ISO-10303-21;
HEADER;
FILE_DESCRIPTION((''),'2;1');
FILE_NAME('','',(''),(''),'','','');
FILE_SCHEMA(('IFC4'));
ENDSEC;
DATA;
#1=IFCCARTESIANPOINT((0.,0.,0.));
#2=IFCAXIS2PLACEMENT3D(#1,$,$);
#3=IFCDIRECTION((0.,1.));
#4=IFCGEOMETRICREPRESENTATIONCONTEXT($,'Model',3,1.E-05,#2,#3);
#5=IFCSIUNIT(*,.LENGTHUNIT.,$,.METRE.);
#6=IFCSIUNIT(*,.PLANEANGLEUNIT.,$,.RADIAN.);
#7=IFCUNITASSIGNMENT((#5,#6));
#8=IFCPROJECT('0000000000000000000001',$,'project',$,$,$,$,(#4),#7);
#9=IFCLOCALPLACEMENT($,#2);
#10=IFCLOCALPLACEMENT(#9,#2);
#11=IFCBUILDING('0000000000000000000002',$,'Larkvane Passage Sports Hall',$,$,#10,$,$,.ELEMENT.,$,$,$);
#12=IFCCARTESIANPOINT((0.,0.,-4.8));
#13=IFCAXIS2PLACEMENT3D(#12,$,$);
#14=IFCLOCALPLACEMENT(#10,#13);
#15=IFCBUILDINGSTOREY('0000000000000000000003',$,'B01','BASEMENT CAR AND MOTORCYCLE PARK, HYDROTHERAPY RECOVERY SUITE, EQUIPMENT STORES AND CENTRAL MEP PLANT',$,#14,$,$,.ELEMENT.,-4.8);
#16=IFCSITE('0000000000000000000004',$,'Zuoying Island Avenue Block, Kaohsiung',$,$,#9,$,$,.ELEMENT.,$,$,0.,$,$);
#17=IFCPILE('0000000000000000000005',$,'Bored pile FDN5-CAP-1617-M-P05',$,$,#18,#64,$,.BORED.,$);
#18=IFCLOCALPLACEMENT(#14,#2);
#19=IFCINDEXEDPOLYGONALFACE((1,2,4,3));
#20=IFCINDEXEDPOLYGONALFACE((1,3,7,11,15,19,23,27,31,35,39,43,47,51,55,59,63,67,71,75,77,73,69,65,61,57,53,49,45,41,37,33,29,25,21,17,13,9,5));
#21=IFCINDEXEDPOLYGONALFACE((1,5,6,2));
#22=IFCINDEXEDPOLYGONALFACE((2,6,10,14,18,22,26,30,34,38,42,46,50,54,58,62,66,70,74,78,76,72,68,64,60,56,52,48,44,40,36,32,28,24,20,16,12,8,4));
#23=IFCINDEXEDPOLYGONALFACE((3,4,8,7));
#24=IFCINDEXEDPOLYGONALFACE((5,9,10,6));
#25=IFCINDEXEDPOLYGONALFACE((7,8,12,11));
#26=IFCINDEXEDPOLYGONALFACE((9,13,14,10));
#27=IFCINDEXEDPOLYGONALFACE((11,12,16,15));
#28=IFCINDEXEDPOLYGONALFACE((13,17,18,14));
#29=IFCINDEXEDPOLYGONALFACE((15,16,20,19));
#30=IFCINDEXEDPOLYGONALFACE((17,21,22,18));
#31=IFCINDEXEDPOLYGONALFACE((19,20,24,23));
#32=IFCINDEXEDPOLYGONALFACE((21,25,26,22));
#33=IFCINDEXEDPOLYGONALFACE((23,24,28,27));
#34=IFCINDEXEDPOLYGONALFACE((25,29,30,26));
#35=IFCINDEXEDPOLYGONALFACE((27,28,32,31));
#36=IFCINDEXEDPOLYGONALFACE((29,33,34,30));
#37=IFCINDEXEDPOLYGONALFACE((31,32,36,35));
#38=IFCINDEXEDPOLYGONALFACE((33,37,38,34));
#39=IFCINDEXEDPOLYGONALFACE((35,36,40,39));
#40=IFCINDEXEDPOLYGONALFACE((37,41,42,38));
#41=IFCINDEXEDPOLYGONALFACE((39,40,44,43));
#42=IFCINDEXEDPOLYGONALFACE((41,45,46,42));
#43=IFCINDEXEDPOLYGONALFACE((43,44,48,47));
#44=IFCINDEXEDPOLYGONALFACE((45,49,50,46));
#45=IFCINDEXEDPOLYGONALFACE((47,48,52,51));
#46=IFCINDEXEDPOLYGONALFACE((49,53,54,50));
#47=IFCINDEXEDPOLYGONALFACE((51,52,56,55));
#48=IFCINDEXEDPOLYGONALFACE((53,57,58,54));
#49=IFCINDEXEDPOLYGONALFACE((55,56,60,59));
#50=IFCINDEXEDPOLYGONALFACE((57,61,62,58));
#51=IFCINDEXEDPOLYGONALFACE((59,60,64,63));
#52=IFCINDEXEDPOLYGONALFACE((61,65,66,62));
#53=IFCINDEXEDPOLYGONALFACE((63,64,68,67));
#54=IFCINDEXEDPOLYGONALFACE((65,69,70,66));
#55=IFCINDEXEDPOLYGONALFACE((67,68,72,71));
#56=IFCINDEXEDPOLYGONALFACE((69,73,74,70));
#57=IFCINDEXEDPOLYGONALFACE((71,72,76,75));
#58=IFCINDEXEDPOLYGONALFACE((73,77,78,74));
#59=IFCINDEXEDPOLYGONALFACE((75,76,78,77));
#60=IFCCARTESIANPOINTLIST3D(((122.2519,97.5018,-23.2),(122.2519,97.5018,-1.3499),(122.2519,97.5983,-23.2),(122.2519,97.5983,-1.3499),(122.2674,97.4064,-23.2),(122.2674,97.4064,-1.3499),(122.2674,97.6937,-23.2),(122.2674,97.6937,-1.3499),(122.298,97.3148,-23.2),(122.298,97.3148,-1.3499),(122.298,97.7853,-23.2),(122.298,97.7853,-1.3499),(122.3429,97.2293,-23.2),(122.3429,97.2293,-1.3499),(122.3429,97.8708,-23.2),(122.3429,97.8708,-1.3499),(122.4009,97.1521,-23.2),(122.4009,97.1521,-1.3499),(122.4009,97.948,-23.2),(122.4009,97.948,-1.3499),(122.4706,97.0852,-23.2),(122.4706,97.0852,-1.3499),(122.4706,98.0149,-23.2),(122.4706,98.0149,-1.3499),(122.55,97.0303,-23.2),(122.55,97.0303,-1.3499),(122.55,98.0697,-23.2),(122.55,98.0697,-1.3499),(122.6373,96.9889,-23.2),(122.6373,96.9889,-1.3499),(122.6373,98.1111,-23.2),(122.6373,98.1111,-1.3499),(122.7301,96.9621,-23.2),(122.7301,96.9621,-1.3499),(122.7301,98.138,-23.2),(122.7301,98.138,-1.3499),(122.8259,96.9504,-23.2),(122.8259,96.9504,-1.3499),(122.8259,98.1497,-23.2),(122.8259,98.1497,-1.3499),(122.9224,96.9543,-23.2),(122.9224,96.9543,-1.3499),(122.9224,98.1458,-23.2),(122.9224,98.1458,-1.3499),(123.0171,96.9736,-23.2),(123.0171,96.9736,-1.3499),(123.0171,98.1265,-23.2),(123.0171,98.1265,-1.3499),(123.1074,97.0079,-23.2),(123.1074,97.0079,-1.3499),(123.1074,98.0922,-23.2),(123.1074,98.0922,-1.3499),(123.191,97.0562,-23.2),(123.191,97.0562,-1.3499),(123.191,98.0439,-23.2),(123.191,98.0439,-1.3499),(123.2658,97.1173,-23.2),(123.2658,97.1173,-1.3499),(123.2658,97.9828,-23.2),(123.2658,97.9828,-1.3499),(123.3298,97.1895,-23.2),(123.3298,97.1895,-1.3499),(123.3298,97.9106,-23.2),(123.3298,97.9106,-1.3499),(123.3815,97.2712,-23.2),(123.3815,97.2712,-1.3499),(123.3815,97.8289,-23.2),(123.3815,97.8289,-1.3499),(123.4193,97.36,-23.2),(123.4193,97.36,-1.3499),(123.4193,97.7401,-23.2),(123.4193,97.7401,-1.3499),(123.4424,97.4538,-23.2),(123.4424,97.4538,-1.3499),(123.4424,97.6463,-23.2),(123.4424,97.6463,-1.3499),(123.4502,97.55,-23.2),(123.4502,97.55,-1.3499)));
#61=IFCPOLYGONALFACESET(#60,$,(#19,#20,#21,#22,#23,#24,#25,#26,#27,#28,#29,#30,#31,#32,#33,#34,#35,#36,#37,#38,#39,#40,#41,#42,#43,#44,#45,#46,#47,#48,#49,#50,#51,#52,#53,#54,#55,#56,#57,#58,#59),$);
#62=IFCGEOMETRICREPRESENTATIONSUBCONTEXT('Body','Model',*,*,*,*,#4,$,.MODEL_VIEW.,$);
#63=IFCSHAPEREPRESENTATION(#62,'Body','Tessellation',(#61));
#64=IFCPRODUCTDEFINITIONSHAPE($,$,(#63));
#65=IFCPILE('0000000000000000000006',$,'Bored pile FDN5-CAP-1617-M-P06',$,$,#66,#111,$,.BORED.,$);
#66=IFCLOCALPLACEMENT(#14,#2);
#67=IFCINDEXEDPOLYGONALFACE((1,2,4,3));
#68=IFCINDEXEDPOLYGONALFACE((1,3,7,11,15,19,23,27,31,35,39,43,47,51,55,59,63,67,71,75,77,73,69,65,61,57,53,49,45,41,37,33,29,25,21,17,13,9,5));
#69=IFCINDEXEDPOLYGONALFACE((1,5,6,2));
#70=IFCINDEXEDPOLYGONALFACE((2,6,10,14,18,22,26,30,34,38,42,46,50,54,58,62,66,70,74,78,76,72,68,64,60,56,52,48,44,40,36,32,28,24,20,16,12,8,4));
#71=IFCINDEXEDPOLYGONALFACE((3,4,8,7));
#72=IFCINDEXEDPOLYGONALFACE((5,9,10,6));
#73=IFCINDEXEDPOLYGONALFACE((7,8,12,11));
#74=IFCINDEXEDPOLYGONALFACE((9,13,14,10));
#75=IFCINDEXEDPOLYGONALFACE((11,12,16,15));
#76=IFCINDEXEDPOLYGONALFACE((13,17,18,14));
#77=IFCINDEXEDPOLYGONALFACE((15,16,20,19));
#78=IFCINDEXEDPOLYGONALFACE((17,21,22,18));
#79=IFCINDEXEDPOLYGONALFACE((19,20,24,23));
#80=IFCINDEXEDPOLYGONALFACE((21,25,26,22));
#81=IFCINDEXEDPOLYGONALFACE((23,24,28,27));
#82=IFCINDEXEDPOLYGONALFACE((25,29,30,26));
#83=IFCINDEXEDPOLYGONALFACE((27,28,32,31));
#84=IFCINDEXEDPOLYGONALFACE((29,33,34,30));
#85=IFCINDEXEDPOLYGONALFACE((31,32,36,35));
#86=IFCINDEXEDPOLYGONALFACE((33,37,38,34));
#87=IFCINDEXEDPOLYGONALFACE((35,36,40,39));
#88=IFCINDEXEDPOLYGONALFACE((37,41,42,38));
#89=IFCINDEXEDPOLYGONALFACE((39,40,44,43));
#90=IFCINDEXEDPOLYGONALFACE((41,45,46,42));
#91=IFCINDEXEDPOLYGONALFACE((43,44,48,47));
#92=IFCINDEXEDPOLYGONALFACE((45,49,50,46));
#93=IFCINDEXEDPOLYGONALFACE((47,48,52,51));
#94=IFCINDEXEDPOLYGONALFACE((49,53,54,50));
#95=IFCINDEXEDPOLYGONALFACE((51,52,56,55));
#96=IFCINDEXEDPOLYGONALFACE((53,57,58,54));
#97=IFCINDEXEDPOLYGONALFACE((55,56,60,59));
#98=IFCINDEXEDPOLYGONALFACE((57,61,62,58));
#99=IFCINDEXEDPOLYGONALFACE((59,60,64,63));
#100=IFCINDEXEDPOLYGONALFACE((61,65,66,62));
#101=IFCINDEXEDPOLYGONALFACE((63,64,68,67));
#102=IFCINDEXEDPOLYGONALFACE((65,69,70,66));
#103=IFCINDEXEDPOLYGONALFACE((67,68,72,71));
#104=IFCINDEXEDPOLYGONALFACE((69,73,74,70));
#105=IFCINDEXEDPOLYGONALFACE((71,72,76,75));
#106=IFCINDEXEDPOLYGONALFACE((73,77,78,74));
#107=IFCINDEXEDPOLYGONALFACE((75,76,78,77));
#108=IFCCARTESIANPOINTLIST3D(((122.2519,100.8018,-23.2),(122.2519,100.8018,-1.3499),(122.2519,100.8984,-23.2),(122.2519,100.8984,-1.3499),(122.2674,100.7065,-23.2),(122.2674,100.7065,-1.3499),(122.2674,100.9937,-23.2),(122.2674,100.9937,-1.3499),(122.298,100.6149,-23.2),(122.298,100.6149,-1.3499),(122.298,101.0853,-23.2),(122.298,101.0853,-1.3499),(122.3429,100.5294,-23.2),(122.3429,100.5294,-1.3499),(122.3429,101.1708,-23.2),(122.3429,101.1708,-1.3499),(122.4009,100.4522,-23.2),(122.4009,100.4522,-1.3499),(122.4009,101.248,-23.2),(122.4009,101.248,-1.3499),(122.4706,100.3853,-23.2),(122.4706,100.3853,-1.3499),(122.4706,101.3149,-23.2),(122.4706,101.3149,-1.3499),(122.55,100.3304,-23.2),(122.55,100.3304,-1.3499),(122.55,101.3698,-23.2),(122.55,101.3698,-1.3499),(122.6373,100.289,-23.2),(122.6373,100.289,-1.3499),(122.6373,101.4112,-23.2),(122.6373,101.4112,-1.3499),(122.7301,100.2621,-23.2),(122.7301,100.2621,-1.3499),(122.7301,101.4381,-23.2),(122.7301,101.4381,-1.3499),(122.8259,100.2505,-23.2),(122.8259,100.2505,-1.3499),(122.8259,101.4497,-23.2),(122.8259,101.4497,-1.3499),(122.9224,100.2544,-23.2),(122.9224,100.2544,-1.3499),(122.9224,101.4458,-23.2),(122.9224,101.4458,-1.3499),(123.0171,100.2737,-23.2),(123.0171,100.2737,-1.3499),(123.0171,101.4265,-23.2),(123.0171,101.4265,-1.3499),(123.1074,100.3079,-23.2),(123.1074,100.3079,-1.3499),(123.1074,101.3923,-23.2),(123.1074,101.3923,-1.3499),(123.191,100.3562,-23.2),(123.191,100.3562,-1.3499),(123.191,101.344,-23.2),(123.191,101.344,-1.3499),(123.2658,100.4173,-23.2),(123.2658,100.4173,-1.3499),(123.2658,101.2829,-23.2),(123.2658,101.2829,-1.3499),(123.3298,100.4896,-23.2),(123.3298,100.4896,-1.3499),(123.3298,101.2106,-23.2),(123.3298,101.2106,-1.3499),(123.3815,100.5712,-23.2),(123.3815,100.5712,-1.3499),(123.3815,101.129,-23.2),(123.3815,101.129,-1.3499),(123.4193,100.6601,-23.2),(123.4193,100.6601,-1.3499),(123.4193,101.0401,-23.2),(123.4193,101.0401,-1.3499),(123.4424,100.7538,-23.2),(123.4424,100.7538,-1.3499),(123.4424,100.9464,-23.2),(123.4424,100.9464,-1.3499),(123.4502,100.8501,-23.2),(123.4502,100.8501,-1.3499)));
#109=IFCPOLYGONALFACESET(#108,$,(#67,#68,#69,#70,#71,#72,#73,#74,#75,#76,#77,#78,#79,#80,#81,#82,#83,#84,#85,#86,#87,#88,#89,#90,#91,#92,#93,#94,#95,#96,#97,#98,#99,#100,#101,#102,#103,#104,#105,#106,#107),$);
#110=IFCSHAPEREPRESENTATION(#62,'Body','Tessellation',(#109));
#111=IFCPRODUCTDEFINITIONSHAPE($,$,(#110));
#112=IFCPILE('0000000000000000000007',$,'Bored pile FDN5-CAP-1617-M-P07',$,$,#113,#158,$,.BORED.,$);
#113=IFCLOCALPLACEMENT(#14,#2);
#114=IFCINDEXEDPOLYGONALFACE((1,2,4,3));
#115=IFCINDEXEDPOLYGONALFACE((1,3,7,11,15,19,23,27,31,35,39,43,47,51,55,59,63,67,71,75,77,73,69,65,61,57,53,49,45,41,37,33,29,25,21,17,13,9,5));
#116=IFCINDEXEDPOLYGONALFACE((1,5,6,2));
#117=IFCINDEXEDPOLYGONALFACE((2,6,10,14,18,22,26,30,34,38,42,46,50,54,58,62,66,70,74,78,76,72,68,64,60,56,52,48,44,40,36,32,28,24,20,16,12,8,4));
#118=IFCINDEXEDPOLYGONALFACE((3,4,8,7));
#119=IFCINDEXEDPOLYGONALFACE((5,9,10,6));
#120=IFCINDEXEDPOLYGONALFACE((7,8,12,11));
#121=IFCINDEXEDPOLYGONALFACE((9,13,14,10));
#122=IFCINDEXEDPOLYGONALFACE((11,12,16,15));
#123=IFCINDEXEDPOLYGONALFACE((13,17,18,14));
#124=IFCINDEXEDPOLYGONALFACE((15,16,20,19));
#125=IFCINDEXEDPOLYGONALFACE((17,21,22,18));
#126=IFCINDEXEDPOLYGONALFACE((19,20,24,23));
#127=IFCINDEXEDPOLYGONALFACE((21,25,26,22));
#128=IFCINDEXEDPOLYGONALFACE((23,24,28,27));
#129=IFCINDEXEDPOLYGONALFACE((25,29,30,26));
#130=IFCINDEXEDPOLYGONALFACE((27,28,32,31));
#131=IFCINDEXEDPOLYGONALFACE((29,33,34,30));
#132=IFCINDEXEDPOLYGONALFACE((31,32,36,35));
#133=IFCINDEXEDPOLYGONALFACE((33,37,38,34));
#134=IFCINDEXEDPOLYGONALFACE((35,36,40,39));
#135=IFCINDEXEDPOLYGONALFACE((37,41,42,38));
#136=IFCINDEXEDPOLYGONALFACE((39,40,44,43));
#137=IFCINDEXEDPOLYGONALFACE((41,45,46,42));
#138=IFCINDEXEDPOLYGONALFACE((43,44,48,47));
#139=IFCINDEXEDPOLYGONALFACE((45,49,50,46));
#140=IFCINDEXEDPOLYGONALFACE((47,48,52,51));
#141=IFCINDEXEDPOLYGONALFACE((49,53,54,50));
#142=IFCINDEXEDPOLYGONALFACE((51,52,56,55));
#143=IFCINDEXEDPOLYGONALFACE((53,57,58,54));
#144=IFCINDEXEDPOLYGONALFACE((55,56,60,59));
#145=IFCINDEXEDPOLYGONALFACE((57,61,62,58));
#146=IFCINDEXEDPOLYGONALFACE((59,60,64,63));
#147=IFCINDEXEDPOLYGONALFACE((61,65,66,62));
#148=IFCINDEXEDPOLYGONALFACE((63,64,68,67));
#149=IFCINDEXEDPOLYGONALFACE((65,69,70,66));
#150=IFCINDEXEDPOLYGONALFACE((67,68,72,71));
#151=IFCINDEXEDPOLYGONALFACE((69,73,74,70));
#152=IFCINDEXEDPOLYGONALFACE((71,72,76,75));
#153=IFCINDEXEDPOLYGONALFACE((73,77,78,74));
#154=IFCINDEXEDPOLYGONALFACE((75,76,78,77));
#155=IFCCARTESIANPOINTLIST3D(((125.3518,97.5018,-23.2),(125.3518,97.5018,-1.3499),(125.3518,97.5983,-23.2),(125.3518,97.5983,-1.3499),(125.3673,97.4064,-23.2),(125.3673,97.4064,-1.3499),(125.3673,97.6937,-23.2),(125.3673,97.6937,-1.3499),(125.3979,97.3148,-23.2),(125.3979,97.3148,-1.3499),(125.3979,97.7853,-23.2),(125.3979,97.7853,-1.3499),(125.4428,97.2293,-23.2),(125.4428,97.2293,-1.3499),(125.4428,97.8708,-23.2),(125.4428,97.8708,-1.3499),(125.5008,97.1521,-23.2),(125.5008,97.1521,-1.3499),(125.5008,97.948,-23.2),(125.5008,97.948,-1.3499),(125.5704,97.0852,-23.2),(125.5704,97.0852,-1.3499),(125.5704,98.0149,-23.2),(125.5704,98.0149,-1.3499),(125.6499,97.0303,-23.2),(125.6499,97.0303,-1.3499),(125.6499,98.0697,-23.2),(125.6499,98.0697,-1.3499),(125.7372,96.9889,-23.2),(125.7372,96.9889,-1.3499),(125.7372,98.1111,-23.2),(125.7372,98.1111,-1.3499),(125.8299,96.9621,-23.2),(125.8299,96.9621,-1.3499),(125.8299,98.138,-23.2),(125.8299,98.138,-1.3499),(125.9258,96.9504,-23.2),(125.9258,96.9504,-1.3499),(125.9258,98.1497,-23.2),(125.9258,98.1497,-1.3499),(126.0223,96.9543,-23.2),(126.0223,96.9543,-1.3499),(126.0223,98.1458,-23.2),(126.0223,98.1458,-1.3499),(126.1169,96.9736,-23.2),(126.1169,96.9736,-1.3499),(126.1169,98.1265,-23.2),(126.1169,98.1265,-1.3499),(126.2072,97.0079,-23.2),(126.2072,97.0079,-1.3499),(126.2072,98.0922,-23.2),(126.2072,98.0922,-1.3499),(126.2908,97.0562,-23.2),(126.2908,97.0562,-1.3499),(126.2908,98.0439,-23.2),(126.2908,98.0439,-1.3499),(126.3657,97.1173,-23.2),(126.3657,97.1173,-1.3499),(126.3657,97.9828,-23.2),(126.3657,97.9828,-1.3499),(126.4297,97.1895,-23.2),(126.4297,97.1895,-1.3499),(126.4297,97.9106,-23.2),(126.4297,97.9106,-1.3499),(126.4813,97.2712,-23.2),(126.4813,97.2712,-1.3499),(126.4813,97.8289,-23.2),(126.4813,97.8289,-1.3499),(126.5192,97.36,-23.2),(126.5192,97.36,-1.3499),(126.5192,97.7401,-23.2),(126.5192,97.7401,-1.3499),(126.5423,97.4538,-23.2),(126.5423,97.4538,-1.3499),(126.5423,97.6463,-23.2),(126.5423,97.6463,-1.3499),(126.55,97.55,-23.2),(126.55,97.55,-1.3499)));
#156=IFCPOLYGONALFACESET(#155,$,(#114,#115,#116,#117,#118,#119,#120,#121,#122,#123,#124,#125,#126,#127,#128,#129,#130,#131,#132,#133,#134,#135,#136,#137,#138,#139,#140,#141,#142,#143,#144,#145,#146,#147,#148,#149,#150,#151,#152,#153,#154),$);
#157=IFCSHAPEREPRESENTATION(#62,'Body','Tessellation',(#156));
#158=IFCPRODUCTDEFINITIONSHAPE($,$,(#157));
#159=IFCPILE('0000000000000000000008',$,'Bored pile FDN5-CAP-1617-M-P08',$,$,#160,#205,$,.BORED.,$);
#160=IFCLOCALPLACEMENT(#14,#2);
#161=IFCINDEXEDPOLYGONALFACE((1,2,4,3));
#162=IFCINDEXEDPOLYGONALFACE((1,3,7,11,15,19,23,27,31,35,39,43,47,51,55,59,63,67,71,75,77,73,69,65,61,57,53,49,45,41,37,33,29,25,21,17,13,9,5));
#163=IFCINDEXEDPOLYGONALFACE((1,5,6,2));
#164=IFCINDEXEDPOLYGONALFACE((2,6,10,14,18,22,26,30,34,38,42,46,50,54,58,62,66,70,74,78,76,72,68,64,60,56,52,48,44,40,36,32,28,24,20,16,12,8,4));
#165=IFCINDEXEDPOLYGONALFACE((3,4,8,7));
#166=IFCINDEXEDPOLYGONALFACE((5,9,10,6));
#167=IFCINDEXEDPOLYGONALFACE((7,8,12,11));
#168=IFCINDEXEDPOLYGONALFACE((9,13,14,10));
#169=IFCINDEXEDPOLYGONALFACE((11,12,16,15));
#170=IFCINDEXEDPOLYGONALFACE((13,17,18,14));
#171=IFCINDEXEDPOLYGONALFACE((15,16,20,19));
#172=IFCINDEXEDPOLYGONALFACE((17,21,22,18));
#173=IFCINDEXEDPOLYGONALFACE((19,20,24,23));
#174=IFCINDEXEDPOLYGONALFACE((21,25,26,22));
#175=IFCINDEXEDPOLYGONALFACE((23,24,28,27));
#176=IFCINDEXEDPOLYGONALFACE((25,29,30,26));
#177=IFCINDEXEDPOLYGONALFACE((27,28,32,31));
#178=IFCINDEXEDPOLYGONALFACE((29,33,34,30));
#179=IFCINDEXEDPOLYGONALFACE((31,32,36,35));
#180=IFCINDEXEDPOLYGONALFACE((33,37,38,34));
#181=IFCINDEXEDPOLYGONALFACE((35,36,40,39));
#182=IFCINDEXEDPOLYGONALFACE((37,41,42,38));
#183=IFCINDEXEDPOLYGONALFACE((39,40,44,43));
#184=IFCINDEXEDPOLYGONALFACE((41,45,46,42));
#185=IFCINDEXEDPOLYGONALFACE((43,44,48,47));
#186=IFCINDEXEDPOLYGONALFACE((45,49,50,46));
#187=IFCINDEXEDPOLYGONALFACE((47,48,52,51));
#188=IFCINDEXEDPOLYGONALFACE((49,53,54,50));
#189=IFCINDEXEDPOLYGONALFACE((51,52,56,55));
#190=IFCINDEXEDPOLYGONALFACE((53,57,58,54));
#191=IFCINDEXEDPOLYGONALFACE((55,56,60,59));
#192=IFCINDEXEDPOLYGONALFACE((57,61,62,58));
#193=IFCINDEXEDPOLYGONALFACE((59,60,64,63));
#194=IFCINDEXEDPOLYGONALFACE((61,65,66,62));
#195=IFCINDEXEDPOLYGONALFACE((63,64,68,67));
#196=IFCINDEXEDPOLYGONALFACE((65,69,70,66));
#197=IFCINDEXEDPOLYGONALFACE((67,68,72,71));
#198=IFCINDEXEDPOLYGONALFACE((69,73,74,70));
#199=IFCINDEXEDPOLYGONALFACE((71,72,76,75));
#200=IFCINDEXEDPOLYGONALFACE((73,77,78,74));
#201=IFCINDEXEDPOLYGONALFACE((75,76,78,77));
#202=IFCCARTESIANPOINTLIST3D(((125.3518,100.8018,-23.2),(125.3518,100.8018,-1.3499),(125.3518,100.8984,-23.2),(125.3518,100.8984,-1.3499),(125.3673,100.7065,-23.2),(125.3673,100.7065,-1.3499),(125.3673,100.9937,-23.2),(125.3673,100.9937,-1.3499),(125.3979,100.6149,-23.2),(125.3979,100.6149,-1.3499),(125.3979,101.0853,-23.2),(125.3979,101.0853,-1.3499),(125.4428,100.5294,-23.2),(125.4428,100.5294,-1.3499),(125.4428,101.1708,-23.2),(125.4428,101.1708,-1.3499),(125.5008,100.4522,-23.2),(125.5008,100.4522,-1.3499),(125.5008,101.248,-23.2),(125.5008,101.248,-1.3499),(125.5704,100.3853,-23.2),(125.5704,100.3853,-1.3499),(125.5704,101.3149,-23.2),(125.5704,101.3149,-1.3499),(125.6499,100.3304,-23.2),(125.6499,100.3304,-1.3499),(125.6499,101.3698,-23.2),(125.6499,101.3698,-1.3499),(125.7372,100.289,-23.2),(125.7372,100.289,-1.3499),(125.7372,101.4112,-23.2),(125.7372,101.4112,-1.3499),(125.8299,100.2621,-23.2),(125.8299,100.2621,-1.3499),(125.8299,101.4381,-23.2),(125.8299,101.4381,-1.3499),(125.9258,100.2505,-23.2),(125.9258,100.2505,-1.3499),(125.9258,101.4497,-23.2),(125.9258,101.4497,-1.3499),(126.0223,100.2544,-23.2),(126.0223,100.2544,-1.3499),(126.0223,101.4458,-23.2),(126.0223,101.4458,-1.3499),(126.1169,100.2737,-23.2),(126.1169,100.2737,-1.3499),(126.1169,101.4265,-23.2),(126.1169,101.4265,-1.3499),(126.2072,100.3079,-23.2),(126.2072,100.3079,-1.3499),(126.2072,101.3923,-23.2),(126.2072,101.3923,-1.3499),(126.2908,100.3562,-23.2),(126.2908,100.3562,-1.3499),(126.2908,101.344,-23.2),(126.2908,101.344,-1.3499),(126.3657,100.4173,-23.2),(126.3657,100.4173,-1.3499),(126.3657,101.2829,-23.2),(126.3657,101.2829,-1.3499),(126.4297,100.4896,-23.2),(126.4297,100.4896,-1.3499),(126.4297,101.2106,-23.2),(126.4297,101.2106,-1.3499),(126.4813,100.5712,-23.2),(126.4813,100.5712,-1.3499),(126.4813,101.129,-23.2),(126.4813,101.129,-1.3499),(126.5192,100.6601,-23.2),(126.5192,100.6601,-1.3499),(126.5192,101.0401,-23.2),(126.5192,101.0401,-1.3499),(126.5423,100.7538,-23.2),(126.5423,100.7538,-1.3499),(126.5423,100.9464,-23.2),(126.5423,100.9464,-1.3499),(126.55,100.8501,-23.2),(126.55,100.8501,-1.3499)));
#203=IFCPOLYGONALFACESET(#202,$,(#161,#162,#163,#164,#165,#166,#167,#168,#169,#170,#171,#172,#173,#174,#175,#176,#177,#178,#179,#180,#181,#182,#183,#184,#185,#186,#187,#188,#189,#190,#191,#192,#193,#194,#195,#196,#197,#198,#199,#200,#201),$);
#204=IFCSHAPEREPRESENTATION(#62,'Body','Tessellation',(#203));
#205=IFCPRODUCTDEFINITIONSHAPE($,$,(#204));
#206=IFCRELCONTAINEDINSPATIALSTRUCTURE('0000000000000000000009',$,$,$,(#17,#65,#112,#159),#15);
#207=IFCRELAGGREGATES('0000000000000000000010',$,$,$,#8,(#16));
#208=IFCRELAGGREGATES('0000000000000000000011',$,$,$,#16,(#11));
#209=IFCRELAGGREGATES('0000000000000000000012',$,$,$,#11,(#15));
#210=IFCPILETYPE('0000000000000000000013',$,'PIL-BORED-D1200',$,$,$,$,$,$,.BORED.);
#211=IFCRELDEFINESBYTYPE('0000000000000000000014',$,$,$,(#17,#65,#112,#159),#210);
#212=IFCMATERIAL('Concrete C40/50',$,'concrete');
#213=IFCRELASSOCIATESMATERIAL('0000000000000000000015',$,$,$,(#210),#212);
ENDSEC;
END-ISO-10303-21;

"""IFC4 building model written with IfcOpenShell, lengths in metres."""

from ifc_helpers import new_model, si_unit, direction, frame, origin, origin_2d, place, context, subcontext, project, spatial, circle, extrude, material, material_profile, profile_set, type_object, element, save


model = new_model("IFC4")

# Units and contexts
model_context = context("Model", 3, precision=1e-05, world=origin(), true_north=direction((0.0, 1.0)))
body_context = subcontext(model_context, "Body", "Model", "MODEL_VIEW")
ifc_project = project(units=[si_unit("LENGTHUNIT", "METRE"), si_unit("PLANEANGLEUNIT", "RADIAN")], contexts=[model_context])

# Site, building, storey
site_placement = place(None, origin())
site = spatial("IfcSite", under=ifc_project, at=site_placement, Name="Zuoying Island Avenue Block, Kaohsiung", CompositionType="ELEMENT", RefElevation=0.0)
building_placement = place(site_placement, origin())
building = spatial("IfcBuilding", under=site, at=building_placement, Name="Larkvane Passage Sports Hall", CompositionType="ELEMENT")
storey_placement = place(building_placement, frame((0.0, 0.0, -4.8)))
storey = spatial("IfcBuildingStorey", under=building, at=storey_placement, Name="B01", Description="BASEMENT CAR AND MOTORCYCLE PARK, HYDROTHERAPY RECOVERY SUITE, EQUIPMENT STORES AND CENTRAL MEP PLANT", CompositionType="ELEMENT", Elevation=-4.8)

# Shared definitions
ifc_material_1 = material(Name="Concrete C40/50", Category="concrete")

# Piles
ifc_material_profile_1 = material_profile(ifc_material_1, circle(Radius=0.6001, at=origin_2d()), Name="PILE-D1200")
ifc_profile_set_1 = profile_set([ifc_material_profile_1], Name="Concrete C40/50")
pile_type = type_object("IfcPileType", Name="PIL-BORED-D1200", PredefinedType="BORED", material=ifc_profile_set_1)
for number, where, z_axis, x_axis, name in (
    (1, (122.8501, 97.55, -1.3499), (0.0, 0.0, -1.0), (1.0, 0.0, 0.0), "Bored pile FDN5-CAP-1617-M-P05"),
    (2, (122.8501, 100.8501, -1.3499), (0.0, 0.0, -1.0), (1.0, 0.0, 0.0), "Bored pile FDN5-CAP-1617-M-P06"),
    (3, (125.95, 97.55, -1.3499), (0.0, 0.0, -1.0), (1.0, 0.0, 0.0), "Bored pile FDN5-CAP-1617-M-P07"),
    (4, (125.95, 100.8501, -1.3499), (0.0, 0.0, -1.0), (1.0, 0.0, 0.0), "Bored pile FDN5-CAP-1617-M-P08"),
):
    element("IfcPile", number, at=place(storey_placement, frame(where, z_axis=z_axis, x_axis=x_axis)), inside=storey, type_object=pile_type, Name=name, PredefinedType="BORED", context=body_context, shape_type="SweptSolid", body=[
        extrude(circle(Radius=0.6001, at=origin_2d()), origin(), (0.0, 0.0, 1.0), 21.8501),
    ])

save(model, "model.ifc")
